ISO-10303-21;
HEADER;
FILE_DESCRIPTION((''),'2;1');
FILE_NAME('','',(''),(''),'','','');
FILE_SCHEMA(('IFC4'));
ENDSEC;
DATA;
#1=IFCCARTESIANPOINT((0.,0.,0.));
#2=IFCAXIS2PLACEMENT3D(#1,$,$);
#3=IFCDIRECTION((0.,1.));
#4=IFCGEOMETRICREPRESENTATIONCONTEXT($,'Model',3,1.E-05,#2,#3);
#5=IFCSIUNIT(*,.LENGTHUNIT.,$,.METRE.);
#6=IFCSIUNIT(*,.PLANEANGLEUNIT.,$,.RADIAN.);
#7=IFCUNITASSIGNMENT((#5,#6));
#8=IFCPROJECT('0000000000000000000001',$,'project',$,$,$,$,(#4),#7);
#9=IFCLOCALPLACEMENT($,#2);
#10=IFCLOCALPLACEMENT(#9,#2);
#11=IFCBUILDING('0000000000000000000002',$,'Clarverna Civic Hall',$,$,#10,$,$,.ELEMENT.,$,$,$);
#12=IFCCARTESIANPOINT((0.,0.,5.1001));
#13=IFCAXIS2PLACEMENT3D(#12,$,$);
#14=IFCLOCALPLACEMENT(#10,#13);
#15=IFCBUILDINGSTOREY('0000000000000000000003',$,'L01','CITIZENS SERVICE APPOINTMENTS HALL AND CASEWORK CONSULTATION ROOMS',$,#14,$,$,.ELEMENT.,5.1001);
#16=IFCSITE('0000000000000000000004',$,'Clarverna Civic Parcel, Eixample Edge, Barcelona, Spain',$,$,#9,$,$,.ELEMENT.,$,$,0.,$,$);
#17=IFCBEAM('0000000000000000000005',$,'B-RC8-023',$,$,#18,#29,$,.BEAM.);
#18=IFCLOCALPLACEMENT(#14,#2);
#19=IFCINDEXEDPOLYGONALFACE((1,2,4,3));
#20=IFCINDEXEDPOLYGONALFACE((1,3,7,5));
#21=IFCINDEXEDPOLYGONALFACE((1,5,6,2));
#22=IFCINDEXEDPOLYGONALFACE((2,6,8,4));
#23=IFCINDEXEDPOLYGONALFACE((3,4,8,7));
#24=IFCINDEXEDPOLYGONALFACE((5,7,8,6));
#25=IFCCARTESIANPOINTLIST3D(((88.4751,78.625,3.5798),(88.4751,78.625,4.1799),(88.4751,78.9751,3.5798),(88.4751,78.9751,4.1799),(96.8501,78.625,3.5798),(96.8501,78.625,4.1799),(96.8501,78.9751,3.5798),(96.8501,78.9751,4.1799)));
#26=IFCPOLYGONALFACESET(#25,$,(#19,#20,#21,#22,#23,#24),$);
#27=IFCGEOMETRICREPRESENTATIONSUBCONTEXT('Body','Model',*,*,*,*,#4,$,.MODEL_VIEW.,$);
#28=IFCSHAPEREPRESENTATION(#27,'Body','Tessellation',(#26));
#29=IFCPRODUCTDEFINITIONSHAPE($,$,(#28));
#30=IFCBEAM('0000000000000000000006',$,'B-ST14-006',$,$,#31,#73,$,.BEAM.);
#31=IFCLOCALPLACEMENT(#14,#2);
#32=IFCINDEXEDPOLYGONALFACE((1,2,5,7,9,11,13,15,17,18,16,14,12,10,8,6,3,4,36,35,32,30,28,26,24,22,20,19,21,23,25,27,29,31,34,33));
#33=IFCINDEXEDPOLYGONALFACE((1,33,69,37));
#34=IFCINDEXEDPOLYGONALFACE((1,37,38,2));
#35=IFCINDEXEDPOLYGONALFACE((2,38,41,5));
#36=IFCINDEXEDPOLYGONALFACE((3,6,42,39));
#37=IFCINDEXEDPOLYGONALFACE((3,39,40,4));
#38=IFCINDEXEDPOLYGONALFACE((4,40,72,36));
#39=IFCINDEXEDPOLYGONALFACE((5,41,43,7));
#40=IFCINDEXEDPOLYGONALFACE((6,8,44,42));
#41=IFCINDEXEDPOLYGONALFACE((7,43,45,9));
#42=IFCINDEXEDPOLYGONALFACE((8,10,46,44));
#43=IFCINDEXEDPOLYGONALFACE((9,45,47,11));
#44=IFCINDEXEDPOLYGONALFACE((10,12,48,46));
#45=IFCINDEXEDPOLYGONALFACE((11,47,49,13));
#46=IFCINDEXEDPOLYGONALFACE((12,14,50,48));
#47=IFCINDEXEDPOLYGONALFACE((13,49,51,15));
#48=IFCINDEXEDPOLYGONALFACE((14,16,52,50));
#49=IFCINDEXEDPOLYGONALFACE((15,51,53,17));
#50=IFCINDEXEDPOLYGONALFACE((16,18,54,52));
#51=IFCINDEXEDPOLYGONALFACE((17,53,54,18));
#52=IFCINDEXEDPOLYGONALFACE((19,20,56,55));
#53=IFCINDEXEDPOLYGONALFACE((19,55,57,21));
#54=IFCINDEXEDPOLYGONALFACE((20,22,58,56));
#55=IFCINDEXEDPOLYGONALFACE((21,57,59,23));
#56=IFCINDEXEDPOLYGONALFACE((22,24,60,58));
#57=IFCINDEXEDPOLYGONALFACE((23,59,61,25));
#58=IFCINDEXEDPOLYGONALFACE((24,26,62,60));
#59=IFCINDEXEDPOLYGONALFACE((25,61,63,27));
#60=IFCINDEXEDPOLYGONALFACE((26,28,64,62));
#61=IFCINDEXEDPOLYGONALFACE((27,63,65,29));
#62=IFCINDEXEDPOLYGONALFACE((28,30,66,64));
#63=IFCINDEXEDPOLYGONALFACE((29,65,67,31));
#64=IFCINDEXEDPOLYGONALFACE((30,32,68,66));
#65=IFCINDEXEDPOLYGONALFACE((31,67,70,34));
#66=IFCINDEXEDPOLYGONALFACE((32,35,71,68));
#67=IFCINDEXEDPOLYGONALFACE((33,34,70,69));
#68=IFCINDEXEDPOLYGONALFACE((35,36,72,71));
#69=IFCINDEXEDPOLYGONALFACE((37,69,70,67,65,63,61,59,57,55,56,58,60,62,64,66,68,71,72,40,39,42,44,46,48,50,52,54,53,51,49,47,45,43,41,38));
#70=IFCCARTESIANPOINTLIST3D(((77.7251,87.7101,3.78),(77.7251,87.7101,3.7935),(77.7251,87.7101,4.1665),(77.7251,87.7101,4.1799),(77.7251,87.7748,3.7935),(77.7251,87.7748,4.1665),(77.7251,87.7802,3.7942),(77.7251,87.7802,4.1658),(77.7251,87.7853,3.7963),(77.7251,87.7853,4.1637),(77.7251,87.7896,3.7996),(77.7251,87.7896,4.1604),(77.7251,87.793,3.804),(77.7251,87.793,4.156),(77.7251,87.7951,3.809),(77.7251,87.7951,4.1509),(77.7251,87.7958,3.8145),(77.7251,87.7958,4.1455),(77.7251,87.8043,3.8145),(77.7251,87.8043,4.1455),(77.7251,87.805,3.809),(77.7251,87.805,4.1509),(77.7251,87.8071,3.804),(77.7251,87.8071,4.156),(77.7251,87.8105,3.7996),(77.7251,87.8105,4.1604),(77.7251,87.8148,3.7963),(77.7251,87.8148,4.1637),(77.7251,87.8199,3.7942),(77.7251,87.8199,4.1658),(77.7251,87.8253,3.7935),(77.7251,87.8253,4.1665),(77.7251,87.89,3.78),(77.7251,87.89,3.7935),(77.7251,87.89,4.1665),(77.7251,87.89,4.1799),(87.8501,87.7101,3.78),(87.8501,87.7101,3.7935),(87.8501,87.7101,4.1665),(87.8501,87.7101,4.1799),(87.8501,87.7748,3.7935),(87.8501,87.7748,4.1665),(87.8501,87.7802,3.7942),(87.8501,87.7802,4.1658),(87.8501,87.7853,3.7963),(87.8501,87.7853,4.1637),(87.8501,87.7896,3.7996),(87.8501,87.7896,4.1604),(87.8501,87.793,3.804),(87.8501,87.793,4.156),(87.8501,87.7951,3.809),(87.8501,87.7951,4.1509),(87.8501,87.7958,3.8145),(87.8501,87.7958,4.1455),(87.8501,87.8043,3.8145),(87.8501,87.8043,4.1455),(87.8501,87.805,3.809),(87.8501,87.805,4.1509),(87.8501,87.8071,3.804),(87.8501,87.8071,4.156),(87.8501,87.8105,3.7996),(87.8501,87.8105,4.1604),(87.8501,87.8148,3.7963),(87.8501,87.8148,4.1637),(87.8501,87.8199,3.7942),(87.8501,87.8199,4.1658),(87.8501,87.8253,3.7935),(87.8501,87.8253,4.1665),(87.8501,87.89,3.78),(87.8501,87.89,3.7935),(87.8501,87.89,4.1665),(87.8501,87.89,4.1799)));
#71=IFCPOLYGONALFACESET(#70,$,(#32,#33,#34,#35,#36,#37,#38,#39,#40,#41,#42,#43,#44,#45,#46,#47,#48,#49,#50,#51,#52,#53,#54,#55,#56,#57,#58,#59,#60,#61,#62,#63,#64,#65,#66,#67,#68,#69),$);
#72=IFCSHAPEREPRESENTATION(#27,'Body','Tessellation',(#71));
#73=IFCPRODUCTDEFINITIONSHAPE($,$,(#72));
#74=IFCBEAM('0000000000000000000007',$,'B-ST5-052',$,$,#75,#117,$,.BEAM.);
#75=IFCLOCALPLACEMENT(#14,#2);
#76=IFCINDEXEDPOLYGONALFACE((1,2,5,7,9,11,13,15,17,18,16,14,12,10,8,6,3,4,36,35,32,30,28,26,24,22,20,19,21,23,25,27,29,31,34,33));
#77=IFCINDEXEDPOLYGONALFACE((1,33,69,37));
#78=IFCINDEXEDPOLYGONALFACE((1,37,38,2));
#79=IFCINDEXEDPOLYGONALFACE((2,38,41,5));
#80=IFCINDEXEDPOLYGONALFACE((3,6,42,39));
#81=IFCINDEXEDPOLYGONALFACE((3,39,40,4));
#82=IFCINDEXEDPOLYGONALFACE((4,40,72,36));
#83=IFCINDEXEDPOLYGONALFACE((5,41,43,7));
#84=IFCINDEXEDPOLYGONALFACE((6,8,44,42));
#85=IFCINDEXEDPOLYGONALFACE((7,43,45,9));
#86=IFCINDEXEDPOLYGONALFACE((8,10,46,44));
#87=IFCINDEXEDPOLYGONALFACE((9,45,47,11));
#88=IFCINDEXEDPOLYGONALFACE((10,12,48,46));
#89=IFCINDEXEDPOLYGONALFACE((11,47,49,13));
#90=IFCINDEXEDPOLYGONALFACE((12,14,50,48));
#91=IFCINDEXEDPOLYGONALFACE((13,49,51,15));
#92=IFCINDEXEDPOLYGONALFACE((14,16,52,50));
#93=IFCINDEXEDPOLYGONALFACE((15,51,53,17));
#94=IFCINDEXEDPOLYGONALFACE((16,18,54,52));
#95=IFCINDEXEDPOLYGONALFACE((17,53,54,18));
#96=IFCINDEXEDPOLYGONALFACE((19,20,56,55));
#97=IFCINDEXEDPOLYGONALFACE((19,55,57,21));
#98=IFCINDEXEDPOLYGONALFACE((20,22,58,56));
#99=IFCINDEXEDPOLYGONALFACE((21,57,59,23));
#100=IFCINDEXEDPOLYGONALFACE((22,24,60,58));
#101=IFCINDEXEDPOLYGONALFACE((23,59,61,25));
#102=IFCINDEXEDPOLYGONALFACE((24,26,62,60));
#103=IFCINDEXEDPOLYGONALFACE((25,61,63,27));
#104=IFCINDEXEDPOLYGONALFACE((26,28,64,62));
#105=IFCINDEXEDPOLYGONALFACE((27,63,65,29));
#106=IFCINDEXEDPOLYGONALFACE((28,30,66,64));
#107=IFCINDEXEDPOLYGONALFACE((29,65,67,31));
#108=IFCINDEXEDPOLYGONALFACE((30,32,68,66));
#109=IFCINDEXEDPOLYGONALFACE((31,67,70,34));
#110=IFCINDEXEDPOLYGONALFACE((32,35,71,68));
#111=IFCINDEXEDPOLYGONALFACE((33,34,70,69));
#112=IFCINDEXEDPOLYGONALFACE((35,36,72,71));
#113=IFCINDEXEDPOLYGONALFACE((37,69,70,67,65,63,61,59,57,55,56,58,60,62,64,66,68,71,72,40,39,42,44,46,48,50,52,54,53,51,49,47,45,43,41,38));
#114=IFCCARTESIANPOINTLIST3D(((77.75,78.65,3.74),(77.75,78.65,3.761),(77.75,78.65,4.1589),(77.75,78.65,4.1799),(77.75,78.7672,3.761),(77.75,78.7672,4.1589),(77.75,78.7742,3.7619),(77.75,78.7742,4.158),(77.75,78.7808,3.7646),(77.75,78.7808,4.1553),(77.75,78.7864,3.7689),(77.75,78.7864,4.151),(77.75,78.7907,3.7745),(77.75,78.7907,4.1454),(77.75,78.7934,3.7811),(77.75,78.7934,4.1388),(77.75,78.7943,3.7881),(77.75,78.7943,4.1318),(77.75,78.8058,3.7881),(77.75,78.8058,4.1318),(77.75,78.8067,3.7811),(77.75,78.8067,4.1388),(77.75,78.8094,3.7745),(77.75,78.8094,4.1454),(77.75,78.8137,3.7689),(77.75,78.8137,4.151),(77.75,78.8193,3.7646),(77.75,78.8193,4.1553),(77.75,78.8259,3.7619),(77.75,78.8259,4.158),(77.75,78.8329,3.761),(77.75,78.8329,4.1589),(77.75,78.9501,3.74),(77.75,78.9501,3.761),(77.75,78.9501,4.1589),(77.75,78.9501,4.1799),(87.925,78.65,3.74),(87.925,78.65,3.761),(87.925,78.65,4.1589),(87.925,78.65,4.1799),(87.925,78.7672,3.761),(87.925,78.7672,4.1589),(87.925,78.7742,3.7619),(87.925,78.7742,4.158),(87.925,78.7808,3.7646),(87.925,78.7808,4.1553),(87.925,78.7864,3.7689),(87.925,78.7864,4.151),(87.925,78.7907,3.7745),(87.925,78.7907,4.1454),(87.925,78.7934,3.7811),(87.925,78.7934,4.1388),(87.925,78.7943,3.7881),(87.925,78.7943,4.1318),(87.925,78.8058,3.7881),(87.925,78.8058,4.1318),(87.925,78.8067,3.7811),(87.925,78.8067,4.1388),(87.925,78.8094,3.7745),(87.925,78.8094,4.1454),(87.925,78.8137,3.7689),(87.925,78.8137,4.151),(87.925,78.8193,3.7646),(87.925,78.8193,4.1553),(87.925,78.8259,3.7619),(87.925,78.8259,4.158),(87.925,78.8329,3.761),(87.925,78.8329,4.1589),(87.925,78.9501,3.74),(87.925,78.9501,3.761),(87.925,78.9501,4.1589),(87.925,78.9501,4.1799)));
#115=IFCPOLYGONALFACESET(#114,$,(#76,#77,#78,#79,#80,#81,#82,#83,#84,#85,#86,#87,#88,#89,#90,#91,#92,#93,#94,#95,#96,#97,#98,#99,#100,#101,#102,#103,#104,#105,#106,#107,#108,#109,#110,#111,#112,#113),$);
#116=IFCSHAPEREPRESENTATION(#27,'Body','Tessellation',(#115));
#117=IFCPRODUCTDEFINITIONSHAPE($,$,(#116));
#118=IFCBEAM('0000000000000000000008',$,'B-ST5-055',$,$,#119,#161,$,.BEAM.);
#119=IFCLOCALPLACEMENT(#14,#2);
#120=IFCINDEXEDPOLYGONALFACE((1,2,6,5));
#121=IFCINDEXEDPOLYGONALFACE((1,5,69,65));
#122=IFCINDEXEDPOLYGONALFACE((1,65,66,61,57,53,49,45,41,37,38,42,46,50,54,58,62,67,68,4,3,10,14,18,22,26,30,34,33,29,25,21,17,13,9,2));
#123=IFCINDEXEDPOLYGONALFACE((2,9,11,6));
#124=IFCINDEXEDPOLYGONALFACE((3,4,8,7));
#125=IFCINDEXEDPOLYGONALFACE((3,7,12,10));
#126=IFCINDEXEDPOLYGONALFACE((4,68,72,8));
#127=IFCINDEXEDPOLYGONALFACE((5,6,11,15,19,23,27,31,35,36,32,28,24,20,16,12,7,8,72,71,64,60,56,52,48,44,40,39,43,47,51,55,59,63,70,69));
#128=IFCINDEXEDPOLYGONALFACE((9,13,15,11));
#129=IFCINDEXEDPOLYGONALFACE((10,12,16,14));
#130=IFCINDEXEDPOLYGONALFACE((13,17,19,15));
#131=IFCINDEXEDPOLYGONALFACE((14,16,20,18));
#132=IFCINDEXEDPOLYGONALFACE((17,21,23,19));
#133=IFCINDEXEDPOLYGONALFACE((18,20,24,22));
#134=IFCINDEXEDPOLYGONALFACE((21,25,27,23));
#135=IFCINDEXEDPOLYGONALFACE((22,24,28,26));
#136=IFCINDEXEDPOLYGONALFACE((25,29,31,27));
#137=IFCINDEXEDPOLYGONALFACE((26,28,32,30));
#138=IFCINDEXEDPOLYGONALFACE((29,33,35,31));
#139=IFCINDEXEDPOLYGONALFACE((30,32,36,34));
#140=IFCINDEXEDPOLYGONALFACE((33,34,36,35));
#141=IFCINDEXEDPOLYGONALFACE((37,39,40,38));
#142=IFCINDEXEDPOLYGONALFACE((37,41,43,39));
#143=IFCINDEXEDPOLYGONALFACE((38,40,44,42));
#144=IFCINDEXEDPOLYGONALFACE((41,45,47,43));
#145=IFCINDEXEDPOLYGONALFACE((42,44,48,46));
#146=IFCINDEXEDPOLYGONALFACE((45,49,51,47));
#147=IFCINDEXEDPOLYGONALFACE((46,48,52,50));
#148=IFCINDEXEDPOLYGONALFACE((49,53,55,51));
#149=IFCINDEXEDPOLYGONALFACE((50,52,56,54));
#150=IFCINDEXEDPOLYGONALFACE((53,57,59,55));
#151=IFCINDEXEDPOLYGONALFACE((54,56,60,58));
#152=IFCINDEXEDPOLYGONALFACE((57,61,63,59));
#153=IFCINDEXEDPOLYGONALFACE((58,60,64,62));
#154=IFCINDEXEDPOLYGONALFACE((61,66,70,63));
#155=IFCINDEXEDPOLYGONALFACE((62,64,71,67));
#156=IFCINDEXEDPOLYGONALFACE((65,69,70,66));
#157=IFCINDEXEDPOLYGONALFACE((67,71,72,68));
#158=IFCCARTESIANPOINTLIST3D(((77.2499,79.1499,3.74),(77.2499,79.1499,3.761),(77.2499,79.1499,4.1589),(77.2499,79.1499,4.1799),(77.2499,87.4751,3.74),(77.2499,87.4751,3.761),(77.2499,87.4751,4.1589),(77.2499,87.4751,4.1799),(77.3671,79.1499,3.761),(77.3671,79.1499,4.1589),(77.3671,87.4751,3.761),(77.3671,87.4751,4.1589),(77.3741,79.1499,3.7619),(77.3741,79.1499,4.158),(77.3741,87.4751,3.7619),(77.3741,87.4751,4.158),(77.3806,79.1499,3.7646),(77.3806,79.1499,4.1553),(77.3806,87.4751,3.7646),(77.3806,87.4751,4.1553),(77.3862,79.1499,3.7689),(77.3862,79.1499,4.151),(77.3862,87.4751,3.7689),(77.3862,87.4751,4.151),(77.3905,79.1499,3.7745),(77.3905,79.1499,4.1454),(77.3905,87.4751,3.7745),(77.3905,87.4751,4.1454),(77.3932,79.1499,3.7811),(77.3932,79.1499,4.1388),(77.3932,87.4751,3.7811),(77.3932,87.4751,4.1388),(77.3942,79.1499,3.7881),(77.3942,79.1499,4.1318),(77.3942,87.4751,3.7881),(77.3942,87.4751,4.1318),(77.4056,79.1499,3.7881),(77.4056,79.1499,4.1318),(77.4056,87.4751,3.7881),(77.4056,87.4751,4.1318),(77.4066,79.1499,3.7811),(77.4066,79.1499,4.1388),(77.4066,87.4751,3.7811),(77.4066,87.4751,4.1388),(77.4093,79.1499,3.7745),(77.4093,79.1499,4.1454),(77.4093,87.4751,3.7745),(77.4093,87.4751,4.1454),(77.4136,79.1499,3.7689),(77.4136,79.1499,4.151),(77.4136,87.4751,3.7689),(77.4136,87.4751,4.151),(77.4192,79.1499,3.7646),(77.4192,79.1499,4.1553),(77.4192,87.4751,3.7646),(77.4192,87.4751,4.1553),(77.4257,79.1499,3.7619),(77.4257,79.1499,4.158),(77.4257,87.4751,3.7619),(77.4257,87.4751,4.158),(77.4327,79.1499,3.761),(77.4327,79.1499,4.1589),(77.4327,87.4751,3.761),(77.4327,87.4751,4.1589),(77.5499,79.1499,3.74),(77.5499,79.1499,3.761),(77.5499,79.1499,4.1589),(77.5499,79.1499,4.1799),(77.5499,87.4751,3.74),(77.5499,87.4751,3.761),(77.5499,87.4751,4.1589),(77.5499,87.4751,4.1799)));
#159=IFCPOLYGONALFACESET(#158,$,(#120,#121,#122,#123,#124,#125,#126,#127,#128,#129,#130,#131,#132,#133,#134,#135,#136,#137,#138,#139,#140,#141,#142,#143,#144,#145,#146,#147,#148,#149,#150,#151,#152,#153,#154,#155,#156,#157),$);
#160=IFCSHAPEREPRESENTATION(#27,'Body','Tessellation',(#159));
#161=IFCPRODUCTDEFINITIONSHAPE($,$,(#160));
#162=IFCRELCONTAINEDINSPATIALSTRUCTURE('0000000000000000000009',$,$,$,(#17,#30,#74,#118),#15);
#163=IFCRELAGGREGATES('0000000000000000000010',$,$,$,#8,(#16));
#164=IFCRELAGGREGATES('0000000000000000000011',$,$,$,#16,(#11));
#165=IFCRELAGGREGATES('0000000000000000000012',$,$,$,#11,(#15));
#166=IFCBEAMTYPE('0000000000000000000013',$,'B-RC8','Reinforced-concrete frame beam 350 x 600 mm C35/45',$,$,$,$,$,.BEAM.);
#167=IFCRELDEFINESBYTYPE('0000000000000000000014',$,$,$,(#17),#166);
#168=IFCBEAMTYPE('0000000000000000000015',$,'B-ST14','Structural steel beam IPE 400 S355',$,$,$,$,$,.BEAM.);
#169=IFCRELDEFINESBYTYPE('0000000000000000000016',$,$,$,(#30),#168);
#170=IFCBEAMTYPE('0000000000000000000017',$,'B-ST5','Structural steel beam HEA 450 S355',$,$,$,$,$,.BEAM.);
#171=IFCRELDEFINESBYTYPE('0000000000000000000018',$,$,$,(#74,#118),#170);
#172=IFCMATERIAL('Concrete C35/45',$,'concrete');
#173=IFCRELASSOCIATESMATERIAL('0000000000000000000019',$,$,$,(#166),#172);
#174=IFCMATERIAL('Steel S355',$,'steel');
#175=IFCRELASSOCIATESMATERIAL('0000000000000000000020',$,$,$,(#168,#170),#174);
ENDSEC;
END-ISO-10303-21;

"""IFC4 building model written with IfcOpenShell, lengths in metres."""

from ifc_helpers import new_model, si_unit, direction, frame, origin, origin_2d, place, context, subcontext, project, spatial, rectangle, i_section, extrude, material, material_profile, profile_set, type_object, element, save


model = new_model("IFC4")

# Units and contexts
model_context = context("Model", 3, precision=1e-05, world=origin(), true_north=direction((0.0, 1.0)))
body_context = subcontext(model_context, "Body", "Model", "MODEL_VIEW")
ifc_project = project(units=[si_unit("LENGTHUNIT", "METRE"), si_unit("PLANEANGLEUNIT", "RADIAN")], contexts=[model_context])

# Site, building, storey
site_placement = place(None, origin())
site = spatial("IfcSite", under=ifc_project, at=site_placement, Name="Clarverna Civic Parcel, Eixample Edge, Barcelona, Spain", CompositionType="ELEMENT", RefElevation=0.0)
building_placement = place(site_placement, origin())
building = spatial("IfcBuilding", under=site, at=building_placement, Name="Clarverna Civic Hall", CompositionType="ELEMENT")
storey_placement = place(building_placement, frame((0.0, 0.0, 5.1001)))
storey = spatial("IfcBuildingStorey", under=building, at=storey_placement, Name="L01", Description="CITIZENS SERVICE APPOINTMENTS HALL AND CASEWORK CONSULTATION ROOMS", CompositionType="ELEMENT", Elevation=5.1001)

# Shared definitions
ifc_material_1 = material(Name="Concrete C35/45", Category="concrete")

# Beams
ifc_material_profile_1 = material_profile(ifc_material_1, rectangle(XDim=0.3501, YDim=0.6001, at=origin_2d()), Name="RC 350x600")
ifc_profile_set_1 = profile_set([ifc_material_profile_1], Name="Concrete C35/45")
beam_type_1 = type_object("IfcBeamType", Name="B-RC8", Description="Reinforced-concrete frame beam 350 x 600 mm C35/45", PredefinedType="BEAM", material=ifc_profile_set_1)
beam_1_placement = place(storey_placement, frame((88.4751, 78.8, 3.8799), z_axis=(1.0, 0.0, 0.0), x_axis=(0.0, 1.0, 0.0)))
element("IfcBeam", 1, at=beam_1_placement, inside=storey, type_object=beam_type_1, Name="B-RC8-023", PredefinedType="BEAM", context=body_context, shape_type="SweptSolid", body=[
    extrude(rectangle(XDim=0.3501, YDim=0.6001, at=origin_2d()), origin(), (0.0, 0.0, 1.0), 8.375),
])
ifc_material_2 = material(Name="Steel S355", Category="steel")
ifc_material_profile_2 = material_profile(ifc_material_2, i_section(OverallWidth=0.1799, OverallDepth=0.3999, WebThickness=0.0085, FlangeThickness=0.0134, FilletRadius=0.021, at=origin_2d()), Name="IPE 400")
ifc_profile_set_2 = profile_set([ifc_material_profile_2], Name="Steel S355")
beam_type_2 = type_object("IfcBeamType", Name="B-ST14", Description="Structural steel beam IPE 400 S355", PredefinedType="BEAM", material=ifc_profile_set_2)
beam_2_placement = place(storey_placement, frame((77.7251, 87.8, 3.98), z_axis=(1.0, 0.0, 0.0), x_axis=(0.0, 1.0, 0.0)))
element("IfcBeam", 2, at=beam_2_placement, inside=storey, type_object=beam_type_2, Name="B-ST14-006", PredefinedType="BEAM", context=body_context, shape_type="SweptSolid", body=[
    extrude(i_section(OverallWidth=0.1799, OverallDepth=0.3999, WebThickness=0.0085, FlangeThickness=0.0134, FilletRadius=0.021, at=origin_2d()), origin(), (0.0, 0.0, 1.0), 10.125),
])
ifc_material_profile_3 = material_profile(ifc_material_2, i_section(OverallWidth=0.3, OverallDepth=0.4399, WebThickness=0.0115, FlangeThickness=0.021, FilletRadius=0.0271, at=origin_2d()), Name="HEA 450")
ifc_profile_set_3 = profile_set([ifc_material_profile_3], Name="Steel S355")
beam_type_3 = type_object("IfcBeamType", Name="B-ST5", Description="Structural steel beam HEA 450 S355", PredefinedType="BEAM", material=ifc_profile_set_3)
beam_3_placement = place(storey_placement, frame((77.75, 78.8, 3.96), z_axis=(1.0, 0.0, 0.0), x_axis=(0.0, 1.0, 0.0)))
element("IfcBeam", 3, at=beam_3_placement, inside=storey, type_object=beam_type_3, Name="B-ST5-052", PredefinedType="BEAM", context=body_context, shape_type="SweptSolid", body=[
    extrude(i_section(OverallWidth=0.3, OverallDepth=0.4399, WebThickness=0.0115, FlangeThickness=0.021, FilletRadius=0.0271, at=origin_2d()), origin(), (0.0, 0.0, 1.0), 10.175),
])
beam_4_placement = place(storey_placement, frame((77.3999, 79.1499, 3.96), z_axis=(0.0, 1.0, 0.0), x_axis=(-1.0, 0.0, 0.0)))
element("IfcBeam", 4, at=beam_4_placement, inside=storey, type_object=beam_type_3, Name="B-ST5-055", PredefinedType="BEAM", context=body_context, shape_type="SweptSolid", body=[
    extrude(i_section(OverallWidth=0.3, OverallDepth=0.4399, WebThickness=0.0115, FlangeThickness=0.021, FilletRadius=0.0271, at=origin_2d()), origin(), (0.0, 0.0, 1.0), 8.3252),
])

save(model, "model.ifc")
